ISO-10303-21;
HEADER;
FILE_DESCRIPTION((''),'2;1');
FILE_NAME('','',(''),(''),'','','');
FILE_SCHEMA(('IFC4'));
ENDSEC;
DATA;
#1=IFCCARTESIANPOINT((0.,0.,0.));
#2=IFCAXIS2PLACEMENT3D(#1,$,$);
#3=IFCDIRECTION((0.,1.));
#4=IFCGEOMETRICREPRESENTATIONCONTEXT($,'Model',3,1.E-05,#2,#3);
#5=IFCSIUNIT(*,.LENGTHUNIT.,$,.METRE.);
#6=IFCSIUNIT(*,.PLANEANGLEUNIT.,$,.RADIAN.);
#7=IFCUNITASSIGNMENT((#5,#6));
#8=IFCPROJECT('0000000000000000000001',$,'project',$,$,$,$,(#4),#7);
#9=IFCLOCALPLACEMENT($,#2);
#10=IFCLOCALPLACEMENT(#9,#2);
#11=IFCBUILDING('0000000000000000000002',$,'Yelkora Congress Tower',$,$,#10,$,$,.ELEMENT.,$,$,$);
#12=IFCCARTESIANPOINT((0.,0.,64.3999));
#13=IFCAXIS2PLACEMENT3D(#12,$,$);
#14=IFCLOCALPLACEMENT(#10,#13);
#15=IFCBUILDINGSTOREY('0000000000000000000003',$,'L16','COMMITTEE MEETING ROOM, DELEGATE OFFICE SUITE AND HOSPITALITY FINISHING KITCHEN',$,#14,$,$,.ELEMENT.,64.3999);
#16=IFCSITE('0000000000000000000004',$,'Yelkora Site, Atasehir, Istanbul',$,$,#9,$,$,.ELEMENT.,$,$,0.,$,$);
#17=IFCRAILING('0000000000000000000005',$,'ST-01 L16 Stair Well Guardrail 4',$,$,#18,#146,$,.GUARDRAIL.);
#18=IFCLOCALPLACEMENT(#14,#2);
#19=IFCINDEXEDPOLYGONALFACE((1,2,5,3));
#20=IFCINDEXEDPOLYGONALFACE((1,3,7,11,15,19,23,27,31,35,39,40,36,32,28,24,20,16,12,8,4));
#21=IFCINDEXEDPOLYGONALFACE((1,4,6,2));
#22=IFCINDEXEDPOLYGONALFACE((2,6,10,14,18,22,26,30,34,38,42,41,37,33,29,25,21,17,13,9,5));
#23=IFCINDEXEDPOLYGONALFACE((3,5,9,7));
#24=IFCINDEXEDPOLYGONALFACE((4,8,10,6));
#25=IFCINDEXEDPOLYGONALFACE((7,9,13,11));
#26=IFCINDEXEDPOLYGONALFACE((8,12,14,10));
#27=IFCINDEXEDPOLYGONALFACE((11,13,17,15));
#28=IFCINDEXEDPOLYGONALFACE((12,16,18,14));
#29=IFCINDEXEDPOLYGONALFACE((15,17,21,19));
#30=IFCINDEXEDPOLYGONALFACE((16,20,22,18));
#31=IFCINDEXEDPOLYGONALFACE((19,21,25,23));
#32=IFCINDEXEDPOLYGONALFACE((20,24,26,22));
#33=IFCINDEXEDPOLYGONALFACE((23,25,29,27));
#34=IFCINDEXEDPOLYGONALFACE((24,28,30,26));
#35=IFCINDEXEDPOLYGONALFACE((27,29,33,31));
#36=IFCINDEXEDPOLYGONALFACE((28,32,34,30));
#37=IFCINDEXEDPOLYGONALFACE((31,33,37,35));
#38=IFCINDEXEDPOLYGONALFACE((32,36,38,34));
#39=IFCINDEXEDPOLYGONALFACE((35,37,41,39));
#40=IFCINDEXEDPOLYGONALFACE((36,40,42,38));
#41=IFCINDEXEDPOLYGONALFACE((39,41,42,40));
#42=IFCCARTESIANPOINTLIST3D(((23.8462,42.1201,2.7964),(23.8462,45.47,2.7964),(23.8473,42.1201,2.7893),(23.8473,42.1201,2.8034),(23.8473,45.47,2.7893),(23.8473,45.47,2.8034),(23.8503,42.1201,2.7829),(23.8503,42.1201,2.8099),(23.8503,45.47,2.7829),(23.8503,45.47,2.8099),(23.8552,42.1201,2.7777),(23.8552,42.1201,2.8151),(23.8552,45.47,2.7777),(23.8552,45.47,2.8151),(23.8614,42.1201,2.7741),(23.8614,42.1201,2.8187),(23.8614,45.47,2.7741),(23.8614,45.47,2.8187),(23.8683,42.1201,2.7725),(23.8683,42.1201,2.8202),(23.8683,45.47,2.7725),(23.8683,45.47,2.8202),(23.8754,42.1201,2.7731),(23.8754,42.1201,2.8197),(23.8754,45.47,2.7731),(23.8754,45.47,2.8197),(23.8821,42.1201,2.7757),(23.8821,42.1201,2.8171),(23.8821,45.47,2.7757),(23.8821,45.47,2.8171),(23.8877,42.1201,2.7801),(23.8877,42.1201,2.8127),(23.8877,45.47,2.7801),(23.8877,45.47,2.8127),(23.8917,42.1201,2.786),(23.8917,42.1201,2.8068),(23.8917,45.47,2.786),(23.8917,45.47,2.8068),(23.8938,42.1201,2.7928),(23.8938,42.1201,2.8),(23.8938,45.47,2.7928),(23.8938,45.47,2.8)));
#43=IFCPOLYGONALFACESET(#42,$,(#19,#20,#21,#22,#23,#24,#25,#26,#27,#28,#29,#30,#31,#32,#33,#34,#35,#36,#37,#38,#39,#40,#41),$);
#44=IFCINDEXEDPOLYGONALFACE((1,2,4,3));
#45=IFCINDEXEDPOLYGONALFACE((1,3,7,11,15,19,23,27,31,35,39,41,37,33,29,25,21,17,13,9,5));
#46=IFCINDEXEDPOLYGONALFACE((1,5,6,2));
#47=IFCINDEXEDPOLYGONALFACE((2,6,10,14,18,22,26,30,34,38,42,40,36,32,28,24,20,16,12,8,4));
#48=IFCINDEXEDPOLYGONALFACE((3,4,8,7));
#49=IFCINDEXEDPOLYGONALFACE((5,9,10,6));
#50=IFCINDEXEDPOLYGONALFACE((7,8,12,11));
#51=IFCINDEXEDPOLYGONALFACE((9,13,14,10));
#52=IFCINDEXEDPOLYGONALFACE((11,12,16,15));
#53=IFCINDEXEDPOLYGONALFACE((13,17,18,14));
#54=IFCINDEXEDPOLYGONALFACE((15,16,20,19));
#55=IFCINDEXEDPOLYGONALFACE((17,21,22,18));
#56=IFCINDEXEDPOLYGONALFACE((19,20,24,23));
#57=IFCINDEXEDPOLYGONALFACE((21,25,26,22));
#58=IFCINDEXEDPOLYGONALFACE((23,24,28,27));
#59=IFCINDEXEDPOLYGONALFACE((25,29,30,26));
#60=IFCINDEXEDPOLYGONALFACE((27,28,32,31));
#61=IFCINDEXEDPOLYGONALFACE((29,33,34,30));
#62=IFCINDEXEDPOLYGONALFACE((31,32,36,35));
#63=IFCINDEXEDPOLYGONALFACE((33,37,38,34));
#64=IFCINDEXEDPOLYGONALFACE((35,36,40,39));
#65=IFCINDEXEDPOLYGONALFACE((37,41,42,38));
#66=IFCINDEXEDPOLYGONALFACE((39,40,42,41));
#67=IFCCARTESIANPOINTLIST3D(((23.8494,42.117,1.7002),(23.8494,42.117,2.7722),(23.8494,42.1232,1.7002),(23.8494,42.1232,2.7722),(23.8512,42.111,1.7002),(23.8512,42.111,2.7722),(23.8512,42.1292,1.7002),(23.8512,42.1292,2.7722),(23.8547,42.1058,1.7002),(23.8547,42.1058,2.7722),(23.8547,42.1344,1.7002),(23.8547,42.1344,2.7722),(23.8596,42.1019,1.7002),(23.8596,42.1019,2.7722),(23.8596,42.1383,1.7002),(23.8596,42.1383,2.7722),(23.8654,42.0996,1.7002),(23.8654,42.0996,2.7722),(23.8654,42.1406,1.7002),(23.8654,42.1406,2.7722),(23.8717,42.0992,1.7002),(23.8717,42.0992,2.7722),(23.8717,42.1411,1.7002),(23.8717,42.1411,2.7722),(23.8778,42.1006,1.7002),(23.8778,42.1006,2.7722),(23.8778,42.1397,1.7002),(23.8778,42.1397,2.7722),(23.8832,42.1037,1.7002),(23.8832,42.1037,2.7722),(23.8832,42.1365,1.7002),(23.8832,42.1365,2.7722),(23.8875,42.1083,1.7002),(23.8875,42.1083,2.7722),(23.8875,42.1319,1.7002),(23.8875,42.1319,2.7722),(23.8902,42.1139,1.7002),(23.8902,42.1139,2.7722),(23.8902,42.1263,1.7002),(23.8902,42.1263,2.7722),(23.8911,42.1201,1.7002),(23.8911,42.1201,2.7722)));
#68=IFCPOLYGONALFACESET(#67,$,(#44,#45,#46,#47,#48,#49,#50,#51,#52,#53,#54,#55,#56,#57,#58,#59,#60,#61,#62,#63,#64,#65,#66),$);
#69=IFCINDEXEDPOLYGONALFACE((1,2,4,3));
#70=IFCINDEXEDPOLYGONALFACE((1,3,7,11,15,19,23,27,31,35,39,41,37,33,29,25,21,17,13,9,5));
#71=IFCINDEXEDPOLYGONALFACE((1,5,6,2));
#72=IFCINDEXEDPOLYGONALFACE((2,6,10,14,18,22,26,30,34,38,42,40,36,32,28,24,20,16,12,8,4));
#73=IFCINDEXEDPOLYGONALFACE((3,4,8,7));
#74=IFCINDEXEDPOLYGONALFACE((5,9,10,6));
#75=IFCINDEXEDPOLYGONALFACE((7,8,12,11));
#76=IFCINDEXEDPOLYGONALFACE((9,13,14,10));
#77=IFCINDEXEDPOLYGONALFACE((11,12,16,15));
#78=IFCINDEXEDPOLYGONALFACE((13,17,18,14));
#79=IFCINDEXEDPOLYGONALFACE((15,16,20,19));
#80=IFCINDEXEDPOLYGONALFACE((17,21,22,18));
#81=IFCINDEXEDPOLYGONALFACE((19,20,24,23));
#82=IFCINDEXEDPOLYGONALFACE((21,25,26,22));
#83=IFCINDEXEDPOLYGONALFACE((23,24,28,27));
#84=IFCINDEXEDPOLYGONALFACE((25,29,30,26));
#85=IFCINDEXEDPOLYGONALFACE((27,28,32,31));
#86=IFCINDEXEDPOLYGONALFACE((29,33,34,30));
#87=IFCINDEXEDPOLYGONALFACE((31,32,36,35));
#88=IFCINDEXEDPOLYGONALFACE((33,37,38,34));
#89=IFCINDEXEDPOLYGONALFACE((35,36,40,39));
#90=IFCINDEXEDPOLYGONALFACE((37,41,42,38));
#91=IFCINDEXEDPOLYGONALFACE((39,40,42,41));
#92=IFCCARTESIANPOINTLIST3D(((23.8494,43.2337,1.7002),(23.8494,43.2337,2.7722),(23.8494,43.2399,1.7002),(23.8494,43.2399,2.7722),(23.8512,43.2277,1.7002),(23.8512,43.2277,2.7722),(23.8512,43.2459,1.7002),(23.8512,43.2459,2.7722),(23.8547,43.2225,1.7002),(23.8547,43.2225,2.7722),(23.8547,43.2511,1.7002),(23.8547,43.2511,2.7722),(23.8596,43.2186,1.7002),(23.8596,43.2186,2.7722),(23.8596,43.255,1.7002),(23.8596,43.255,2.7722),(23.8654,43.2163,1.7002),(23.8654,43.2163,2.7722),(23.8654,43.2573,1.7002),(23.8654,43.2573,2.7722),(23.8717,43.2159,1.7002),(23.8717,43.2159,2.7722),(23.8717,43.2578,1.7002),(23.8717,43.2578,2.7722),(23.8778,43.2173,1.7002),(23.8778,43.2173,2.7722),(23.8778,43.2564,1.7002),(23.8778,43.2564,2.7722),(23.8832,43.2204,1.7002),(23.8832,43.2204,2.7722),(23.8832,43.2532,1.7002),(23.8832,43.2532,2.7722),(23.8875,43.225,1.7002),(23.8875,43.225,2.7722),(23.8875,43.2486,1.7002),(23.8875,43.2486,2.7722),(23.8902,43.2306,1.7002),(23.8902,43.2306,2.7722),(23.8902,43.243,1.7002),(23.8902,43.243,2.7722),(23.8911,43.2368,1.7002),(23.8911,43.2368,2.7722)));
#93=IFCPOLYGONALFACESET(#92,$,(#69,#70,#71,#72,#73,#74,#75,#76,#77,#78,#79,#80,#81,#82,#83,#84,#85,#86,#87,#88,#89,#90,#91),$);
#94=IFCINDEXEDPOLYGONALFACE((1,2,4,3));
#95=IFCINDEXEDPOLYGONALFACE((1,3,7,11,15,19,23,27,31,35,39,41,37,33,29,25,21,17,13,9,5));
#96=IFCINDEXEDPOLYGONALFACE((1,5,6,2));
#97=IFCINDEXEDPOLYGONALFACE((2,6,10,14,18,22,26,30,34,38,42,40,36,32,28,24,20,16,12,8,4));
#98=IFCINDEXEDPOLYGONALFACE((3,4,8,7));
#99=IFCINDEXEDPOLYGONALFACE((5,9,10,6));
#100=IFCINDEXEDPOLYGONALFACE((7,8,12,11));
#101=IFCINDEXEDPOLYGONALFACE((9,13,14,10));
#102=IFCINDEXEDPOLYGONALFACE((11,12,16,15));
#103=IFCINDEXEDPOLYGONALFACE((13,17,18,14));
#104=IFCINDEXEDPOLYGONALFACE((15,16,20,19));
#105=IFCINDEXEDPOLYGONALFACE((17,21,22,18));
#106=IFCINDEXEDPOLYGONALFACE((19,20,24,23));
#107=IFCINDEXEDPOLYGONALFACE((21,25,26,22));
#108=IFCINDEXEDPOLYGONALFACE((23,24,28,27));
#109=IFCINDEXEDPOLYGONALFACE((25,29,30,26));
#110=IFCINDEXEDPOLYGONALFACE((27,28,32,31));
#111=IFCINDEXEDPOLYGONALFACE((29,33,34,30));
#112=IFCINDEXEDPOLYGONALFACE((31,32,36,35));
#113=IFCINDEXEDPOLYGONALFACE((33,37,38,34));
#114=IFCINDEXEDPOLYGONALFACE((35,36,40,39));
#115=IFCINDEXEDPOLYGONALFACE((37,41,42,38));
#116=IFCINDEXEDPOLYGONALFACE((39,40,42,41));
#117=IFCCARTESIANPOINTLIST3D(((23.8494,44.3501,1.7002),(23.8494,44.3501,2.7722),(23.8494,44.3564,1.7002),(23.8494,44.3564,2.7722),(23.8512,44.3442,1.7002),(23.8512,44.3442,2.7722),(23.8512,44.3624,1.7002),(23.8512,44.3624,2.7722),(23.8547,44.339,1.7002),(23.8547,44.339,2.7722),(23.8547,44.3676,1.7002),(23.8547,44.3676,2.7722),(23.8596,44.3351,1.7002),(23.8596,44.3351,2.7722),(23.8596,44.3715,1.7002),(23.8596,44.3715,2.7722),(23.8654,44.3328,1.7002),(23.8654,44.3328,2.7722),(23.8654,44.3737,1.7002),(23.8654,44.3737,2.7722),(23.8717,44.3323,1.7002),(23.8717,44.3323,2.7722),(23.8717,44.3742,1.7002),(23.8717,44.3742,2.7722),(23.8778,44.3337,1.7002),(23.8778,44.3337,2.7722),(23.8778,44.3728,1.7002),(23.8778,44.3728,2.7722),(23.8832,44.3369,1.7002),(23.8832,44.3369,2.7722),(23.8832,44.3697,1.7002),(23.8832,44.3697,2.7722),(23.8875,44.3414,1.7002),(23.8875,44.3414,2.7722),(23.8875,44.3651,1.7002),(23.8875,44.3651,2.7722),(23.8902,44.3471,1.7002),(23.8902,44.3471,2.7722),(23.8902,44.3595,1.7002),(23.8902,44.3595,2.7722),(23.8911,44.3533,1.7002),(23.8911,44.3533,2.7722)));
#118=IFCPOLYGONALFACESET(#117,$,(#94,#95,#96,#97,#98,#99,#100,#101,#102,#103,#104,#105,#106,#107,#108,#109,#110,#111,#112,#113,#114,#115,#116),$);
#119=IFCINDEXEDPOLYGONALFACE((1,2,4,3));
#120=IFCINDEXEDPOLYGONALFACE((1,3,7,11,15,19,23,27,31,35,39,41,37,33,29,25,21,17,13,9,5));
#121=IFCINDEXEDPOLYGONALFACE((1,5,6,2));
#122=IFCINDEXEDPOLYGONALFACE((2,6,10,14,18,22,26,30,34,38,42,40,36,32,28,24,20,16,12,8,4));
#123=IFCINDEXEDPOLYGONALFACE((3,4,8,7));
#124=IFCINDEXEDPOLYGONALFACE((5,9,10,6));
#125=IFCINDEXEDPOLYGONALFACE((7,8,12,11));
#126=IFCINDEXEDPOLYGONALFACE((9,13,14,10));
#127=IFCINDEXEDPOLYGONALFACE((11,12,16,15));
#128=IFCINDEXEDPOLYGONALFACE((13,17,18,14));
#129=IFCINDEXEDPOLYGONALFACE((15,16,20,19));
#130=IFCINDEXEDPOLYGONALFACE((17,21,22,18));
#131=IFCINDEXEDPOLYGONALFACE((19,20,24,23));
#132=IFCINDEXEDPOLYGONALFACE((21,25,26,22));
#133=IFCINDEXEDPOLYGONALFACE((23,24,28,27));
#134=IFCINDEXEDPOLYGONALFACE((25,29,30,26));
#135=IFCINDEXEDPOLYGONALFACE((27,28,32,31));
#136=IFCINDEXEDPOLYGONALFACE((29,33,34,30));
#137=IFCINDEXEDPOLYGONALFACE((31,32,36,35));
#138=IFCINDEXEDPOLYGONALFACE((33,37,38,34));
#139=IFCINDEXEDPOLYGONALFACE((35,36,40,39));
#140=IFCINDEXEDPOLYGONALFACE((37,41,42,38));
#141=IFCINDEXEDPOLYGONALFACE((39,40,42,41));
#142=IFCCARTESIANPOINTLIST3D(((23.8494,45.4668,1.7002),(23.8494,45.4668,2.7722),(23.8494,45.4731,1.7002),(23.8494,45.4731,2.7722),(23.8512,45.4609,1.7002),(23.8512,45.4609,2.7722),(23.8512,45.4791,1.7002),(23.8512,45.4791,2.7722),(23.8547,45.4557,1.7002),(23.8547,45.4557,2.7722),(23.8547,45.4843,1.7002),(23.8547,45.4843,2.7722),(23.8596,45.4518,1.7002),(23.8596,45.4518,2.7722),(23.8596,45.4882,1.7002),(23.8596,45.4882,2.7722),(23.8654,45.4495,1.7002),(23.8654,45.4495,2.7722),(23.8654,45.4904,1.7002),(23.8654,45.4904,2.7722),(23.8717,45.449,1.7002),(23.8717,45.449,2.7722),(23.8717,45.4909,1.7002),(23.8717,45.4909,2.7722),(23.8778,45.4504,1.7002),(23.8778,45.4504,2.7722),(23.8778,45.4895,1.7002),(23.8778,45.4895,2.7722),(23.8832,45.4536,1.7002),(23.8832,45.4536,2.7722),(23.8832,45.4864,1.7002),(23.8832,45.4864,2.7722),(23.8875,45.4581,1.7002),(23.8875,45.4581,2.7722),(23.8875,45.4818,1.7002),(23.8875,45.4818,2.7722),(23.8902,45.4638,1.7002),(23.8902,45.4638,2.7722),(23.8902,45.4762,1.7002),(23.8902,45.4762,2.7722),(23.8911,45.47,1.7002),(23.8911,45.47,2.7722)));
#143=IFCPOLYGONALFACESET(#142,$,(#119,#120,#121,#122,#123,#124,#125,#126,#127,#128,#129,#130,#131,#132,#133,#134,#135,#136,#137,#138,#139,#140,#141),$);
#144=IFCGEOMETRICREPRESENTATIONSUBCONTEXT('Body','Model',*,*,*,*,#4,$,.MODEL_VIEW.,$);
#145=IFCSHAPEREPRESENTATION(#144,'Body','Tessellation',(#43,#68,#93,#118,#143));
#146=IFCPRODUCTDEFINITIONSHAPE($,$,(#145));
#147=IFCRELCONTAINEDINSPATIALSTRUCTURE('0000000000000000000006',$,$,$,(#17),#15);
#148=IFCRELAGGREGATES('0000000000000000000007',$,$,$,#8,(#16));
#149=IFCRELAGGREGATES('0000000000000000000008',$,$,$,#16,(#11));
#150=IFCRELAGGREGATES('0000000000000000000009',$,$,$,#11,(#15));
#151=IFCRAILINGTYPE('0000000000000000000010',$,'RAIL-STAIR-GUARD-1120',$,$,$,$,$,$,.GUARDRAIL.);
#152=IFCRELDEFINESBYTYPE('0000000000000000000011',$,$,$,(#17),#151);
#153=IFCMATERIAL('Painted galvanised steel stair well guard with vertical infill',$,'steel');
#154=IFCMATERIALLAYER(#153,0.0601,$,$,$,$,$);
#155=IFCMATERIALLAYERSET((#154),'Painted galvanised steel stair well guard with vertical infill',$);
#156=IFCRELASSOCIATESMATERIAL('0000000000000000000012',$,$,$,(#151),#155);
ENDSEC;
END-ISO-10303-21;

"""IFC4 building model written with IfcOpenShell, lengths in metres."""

from ifc_helpers import new_model, si_unit, direction, frame, origin, origin_2d, place, context, subcontext, project, spatial, circle, extrude, material, layer, layer_set, type_object, element, save


model = new_model("IFC4")

# Units and contexts
model_context = context("Model", 3, precision=1e-05, world=origin(), true_north=direction((0.0, 1.0)))
body_context = subcontext(model_context, "Body", "Model", "MODEL_VIEW")
ifc_project = project(units=[si_unit("LENGTHUNIT", "METRE"), si_unit("PLANEANGLEUNIT", "RADIAN")], contexts=[model_context])

# Site, building, storey
site_placement = place(None, origin())
site = spatial("IfcSite", under=ifc_project, at=site_placement, Name="Yelkora Site, Atasehir, Istanbul", CompositionType="ELEMENT", RefElevation=0.0)
building_placement = place(site_placement, origin())
building = spatial("IfcBuilding", under=site, at=building_placement, Name="Yelkora Congress Tower", CompositionType="ELEMENT")
storey_placement = place(building_placement, frame((0.0, 0.0, 64.3999)))
storey = spatial("IfcBuildingStorey", under=building, at=storey_placement, Name="L16", Description="COMMITTEE MEETING ROOM, DELEGATE OFFICE SUITE AND HOSPITALITY FINISHING KITCHEN", CompositionType="ELEMENT", Elevation=64.3999)

# Railing
ifc_material_1 = material(Name="Painted galvanised steel stair well guard with vertical infill", Category="steel")
ifc_layer_1 = layer(ifc_material_1, 0.0601)
ifc_layer_set_1 = layer_set([ifc_layer_1], Name="Painted galvanised steel stair well guard with vertical infill")
railing_type_1 = type_object("IfcRailingType", Name="RAIL-STAIR-GUARD-1120", PredefinedType="GUARDRAIL", material=ifc_layer_set_1)
for number, where, name in (
    (1, (23.8701, 42.1201, 1.7002), "ST-01 L16 Stair Well Guardrail 4"),
):
    element("IfcRailing", number, at=place(storey_placement, frame(where)), inside=storey, type_object=railing_type_1, Name=name, PredefinedType="GUARDRAIL", context=body_context, shape_type="SweptSolid", body=[
        extrude(circle(Radius=0.0239, at=origin_2d()), frame((0.0, 0.0, 1.0962), z_axis=(0.0, 1.0, 0.0), x_axis=(-1.0, 0.0, 0.0)), (0.0, 0.0, 1.0), 3.3499),
        extrude(circle(Radius=0.021, at=origin_2d()), origin(), (0.0, 0.0, 1.0), 1.072),
        extrude(circle(Radius=0.021, at=origin_2d()), frame((0.0, 1.1167, 0.0)), (0.0, 0.0, 1.0), 1.072),
        extrude(circle(Radius=0.021, at=origin_2d()), frame((0.0, 2.2332, 0.0)), (0.0, 0.0, 1.0), 1.072),
        extrude(circle(Radius=0.021, at=origin_2d()), frame((0.0, 3.3499, 0.0)), (0.0, 0.0, 1.0), 1.072),
    ])

save(model, "model.ifc")
